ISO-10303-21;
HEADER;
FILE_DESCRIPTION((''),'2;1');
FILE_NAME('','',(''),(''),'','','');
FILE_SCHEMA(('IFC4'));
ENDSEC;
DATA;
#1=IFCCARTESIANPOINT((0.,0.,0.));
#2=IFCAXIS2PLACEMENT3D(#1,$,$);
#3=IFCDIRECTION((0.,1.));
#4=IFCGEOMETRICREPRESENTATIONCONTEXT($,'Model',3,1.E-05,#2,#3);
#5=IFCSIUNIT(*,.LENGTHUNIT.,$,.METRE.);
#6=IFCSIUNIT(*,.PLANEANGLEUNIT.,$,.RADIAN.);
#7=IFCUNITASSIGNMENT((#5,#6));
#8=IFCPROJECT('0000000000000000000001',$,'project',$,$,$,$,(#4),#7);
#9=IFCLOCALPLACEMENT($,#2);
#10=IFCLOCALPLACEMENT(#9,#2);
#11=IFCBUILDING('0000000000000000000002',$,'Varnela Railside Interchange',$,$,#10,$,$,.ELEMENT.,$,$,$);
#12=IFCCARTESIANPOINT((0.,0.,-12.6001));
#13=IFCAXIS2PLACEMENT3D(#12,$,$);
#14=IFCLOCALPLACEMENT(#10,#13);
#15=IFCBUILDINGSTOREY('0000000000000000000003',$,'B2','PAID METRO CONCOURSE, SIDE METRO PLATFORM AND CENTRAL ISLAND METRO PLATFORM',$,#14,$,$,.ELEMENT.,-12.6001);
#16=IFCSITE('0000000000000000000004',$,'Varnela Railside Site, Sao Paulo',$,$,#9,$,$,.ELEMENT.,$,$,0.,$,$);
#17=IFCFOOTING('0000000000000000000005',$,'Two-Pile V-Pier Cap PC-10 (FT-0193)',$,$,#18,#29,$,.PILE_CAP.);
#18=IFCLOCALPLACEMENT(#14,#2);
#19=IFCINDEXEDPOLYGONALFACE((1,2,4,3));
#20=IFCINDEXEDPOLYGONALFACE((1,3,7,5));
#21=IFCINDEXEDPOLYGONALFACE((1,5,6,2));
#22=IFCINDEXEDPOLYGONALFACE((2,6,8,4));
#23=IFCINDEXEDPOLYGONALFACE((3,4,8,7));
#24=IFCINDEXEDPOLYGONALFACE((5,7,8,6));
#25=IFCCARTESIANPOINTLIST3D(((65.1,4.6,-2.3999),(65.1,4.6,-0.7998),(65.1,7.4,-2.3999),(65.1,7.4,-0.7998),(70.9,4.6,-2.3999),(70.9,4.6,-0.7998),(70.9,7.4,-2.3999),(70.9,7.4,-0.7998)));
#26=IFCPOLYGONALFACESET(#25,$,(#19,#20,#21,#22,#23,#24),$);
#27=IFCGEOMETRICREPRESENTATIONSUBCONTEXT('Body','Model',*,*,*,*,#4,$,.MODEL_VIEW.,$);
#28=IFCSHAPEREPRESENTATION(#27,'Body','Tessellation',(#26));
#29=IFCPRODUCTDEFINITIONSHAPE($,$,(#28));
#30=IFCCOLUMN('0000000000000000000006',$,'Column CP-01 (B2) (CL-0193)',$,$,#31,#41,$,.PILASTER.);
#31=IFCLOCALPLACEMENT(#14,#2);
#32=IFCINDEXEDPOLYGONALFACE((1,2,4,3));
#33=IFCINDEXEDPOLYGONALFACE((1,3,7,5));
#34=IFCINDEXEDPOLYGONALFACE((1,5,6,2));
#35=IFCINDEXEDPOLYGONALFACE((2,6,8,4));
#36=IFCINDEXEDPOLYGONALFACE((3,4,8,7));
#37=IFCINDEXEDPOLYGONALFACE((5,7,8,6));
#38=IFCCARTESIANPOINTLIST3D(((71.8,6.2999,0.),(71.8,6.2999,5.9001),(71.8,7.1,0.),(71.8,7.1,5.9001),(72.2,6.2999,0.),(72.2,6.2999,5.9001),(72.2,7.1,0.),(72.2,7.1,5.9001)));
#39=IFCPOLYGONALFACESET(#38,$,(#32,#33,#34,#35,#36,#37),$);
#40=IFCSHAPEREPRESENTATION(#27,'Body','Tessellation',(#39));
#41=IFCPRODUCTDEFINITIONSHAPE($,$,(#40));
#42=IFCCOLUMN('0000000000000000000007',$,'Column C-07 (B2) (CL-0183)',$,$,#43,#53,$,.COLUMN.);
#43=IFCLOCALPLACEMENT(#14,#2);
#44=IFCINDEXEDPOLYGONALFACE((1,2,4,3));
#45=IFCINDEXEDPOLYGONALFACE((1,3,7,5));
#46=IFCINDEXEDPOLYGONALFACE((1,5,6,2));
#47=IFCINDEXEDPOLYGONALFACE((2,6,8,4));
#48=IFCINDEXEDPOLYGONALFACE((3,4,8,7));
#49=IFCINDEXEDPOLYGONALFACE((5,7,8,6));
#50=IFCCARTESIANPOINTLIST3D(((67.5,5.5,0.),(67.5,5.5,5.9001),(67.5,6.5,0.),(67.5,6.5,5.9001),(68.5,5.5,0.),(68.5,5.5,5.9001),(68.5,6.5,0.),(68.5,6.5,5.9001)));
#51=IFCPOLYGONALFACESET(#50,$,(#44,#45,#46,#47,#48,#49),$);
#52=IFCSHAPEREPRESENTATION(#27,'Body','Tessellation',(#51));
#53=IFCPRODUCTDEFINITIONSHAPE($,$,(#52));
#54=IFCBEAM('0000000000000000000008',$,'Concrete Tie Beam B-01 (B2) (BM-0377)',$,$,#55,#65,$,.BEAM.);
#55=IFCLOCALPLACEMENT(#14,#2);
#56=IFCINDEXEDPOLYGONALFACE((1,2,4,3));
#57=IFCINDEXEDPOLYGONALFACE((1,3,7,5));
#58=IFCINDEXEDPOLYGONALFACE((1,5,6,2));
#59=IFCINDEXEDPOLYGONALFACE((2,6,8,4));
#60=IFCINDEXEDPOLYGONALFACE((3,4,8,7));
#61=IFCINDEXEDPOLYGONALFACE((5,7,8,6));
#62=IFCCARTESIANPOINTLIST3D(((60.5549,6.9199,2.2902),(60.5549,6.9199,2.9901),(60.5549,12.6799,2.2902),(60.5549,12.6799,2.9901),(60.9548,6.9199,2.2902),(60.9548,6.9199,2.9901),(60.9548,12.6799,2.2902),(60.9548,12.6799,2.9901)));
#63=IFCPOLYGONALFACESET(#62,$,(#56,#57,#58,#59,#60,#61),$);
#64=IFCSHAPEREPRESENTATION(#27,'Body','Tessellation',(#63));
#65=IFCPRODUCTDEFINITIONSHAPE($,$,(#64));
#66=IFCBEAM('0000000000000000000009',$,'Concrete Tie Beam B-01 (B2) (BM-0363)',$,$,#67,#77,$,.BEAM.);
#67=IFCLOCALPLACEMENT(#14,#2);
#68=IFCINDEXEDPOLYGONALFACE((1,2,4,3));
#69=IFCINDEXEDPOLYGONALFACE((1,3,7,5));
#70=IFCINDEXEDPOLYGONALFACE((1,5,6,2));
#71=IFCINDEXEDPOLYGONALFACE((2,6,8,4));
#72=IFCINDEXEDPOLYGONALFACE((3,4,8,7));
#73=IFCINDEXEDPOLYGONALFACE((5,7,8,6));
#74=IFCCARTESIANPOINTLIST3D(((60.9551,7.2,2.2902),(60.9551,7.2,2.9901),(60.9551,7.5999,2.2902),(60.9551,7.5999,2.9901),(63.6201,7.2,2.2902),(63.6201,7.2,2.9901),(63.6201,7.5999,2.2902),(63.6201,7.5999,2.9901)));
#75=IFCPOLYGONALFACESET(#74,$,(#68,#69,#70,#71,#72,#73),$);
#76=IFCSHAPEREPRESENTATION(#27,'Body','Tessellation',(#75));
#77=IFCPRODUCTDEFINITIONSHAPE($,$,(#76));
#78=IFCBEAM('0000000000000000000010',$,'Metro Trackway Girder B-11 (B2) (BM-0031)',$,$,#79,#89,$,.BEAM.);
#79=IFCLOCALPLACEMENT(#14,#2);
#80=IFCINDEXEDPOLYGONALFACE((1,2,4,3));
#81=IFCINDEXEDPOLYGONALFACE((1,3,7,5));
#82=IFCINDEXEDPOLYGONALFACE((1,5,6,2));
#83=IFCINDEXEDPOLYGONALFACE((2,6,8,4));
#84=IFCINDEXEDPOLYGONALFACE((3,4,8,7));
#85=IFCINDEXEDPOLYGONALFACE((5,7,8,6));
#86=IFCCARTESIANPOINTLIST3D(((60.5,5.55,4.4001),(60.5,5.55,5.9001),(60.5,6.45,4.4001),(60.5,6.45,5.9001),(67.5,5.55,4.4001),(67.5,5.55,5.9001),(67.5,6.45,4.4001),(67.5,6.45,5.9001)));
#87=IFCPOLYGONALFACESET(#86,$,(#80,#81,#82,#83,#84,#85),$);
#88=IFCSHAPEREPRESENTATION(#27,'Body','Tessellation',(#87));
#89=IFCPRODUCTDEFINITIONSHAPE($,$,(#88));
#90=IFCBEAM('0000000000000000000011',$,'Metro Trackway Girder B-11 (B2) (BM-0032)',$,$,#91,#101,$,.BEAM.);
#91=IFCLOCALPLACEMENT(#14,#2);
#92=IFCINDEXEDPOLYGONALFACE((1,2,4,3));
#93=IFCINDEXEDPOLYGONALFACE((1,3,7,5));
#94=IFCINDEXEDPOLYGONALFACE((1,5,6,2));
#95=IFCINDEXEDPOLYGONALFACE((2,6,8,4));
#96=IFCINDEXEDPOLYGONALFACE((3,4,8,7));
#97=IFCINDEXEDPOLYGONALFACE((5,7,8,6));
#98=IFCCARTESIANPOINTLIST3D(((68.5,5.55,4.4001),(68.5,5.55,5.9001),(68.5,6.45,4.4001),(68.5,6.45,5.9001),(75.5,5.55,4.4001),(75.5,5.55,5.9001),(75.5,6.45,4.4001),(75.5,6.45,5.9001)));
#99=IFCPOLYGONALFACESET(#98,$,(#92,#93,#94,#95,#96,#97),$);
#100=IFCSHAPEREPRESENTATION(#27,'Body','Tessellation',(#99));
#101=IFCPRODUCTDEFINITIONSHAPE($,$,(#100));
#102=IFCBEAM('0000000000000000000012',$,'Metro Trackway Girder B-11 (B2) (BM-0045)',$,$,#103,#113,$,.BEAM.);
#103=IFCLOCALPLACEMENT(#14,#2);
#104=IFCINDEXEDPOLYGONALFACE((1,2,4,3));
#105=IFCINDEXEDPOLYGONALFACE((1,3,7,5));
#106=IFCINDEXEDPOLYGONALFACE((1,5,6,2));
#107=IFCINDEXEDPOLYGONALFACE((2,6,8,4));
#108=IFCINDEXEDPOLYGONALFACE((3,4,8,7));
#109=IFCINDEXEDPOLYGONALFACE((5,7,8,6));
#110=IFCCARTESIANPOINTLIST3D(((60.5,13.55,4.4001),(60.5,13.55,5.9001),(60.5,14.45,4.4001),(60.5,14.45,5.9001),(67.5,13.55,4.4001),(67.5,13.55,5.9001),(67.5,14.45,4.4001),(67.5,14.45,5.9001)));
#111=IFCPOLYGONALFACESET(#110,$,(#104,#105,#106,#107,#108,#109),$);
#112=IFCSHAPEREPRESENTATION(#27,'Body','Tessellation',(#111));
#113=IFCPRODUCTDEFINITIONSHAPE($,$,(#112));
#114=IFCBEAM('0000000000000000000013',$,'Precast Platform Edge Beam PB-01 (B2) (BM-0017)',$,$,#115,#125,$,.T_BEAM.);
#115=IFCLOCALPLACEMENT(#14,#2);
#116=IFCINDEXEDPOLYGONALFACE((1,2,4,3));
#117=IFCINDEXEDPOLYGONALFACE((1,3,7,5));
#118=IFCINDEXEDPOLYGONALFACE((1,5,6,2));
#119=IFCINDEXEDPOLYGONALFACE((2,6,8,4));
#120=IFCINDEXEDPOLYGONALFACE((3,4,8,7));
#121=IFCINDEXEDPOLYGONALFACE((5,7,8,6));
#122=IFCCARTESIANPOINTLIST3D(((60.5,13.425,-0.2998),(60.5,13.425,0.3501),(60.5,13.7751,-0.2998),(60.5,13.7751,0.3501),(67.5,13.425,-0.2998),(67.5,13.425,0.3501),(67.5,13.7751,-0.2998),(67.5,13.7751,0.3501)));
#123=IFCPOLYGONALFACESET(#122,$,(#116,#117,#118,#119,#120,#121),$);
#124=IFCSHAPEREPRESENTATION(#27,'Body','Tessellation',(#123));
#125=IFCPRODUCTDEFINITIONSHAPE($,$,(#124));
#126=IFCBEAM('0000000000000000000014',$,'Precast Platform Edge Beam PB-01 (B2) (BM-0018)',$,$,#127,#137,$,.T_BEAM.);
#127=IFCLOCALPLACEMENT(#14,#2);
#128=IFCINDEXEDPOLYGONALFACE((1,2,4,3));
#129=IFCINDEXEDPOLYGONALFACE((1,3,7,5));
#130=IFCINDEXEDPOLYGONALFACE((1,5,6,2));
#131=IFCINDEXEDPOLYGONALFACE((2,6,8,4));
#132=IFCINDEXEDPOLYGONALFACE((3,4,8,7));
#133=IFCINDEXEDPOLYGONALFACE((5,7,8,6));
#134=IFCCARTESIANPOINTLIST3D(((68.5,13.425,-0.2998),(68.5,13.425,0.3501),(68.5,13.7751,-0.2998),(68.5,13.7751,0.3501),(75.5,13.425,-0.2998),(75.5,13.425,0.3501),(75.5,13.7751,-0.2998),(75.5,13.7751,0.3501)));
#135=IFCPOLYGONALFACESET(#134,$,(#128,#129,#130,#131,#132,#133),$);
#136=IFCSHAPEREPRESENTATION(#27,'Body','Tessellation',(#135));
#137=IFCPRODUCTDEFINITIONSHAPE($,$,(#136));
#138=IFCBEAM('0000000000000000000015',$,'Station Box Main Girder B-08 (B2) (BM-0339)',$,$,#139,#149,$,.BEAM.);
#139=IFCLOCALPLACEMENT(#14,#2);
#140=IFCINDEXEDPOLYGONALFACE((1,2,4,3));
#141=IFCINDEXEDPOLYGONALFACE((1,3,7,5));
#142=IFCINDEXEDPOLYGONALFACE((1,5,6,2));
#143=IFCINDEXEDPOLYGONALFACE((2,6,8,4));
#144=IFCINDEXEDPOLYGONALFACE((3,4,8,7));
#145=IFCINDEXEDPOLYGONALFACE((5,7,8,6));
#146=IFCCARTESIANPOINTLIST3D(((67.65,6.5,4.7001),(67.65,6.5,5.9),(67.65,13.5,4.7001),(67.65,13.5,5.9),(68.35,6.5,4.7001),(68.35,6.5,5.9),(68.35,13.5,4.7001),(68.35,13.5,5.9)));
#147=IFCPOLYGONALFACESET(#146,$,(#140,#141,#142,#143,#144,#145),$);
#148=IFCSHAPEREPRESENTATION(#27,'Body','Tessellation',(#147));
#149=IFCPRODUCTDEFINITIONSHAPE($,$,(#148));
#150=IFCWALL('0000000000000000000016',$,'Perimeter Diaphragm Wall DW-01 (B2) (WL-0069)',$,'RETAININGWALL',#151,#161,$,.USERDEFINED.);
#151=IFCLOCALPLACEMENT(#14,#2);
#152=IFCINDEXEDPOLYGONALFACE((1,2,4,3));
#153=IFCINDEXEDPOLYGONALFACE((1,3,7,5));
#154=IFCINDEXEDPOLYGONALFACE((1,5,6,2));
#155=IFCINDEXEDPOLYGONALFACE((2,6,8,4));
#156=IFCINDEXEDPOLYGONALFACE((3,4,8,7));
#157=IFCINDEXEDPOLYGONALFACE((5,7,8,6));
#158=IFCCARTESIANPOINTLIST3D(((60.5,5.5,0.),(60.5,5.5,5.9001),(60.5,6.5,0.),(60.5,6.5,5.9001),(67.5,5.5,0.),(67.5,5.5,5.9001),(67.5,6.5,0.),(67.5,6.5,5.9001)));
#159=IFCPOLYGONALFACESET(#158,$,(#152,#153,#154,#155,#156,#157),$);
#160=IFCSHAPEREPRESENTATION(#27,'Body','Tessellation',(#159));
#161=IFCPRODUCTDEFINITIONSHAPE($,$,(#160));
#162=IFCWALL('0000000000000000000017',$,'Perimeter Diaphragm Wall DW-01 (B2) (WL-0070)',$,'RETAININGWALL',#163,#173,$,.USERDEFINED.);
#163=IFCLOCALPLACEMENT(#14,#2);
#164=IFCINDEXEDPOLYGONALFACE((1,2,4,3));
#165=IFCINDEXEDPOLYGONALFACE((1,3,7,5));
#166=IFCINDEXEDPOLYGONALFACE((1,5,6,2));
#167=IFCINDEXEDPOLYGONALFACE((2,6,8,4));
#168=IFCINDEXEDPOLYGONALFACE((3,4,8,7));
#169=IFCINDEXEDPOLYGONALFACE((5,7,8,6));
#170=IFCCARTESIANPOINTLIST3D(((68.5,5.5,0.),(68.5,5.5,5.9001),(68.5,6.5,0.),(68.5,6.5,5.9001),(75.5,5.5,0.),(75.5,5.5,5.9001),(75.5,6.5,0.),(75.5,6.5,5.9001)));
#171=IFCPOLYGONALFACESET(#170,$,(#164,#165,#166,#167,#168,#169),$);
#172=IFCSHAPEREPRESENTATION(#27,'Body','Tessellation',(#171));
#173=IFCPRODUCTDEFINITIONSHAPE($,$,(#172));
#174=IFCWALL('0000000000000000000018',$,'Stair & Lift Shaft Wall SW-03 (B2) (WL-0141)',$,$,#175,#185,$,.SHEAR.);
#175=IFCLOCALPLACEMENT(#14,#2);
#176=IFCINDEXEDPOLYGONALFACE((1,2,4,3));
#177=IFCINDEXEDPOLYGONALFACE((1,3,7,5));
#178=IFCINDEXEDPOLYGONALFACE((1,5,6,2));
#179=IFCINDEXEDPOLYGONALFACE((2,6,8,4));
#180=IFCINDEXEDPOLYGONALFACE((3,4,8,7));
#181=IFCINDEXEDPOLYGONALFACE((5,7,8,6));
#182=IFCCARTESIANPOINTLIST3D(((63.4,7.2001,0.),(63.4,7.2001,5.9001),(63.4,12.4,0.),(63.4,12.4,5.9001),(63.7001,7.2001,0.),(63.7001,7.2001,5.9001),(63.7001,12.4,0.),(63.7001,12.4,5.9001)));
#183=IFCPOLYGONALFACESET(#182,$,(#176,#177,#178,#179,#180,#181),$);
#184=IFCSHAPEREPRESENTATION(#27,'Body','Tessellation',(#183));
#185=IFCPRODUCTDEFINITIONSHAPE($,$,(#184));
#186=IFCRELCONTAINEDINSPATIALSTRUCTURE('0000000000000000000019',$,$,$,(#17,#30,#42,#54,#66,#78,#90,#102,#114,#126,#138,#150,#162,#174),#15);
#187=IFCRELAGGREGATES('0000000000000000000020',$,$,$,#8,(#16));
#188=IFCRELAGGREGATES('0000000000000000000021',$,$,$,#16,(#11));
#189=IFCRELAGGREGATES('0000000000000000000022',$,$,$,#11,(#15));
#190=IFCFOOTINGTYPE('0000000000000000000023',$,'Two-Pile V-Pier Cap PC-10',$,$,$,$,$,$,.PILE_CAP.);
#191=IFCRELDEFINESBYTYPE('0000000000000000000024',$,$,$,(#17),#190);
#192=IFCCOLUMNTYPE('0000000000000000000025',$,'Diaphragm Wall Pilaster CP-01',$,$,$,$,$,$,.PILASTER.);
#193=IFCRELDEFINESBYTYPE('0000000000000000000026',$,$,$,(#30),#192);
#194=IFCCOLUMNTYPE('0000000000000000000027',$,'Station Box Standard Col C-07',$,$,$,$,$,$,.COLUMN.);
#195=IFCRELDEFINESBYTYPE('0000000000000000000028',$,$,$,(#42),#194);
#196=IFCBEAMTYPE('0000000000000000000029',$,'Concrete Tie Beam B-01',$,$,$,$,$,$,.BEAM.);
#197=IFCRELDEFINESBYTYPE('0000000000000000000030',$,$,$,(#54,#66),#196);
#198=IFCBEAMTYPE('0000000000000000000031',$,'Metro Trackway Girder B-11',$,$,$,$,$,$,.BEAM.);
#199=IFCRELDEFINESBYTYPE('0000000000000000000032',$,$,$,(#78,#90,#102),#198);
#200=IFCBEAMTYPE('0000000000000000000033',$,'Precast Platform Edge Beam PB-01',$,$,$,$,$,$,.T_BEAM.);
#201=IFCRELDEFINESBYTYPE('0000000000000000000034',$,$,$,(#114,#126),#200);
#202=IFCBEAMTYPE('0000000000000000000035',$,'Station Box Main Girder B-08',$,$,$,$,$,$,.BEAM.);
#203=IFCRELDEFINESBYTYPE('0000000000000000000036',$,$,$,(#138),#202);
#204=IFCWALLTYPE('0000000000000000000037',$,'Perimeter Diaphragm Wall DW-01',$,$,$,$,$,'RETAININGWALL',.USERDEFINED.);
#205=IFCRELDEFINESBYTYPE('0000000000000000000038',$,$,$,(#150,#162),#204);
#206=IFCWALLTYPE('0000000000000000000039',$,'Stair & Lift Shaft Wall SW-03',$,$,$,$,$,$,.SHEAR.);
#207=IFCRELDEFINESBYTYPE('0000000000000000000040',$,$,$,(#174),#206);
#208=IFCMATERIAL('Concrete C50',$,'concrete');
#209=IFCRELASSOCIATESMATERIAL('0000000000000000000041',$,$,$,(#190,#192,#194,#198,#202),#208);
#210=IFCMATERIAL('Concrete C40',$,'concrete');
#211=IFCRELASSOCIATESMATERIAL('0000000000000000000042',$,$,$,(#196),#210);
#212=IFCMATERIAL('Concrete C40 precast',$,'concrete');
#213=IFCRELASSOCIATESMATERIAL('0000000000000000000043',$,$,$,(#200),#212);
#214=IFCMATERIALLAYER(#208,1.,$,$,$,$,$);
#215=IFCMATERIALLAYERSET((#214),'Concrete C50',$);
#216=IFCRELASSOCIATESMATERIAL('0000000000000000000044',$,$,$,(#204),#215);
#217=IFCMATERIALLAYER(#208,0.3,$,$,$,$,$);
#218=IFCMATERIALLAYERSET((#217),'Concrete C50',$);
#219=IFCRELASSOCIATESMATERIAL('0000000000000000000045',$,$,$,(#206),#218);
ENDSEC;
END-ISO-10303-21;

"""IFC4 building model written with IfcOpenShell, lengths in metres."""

from ifc_helpers import new_model, si_unit, direction, frame, frame_2d, origin, origin_2d, place, context, subcontext, project, spatial, rectangle, extrude, material, layer, layer_set, material_profile, profile_set, type_object, element, save


model = new_model("IFC4")

# Units and contexts
model_context = context("Model", 3, precision=1e-05, world=origin(), true_north=direction((0.0, 1.0)))
body_context = subcontext(model_context, "Body", "Model", "MODEL_VIEW")
ifc_project = project(units=[si_unit("LENGTHUNIT", "METRE"), si_unit("PLANEANGLEUNIT", "RADIAN")], contexts=[model_context])

# Site, building, storey
site_placement = place(None, origin())
site = spatial("IfcSite", under=ifc_project, at=site_placement, Name="Varnela Railside Site, Sao Paulo", CompositionType="ELEMENT", RefElevation=0.0)
building_placement = place(site_placement, origin())
building = spatial("IfcBuilding", under=site, at=building_placement, Name="Varnela Railside Interchange", CompositionType="ELEMENT")
storey_placement = place(building_placement, frame((0.0, 0.0, -12.6001)))
storey = spatial("IfcBuildingStorey", under=building, at=storey_placement, Name="B2", Description="PAID METRO CONCOURSE, SIDE METRO PLATFORM AND CENTRAL ISLAND METRO PLATFORM", CompositionType="ELEMENT", Elevation=-12.6001)

# Shared definitions
ifc_material_1 = material(Name="Concrete C40", Category="concrete")

# Footing
ifc_material_2 = material(Name="Concrete C50", Category="concrete")
footing_type_1 = type_object("IfcFootingType", Name="Two-Pile V-Pier Cap PC-10", PredefinedType="PILE_CAP", material=ifc_material_2)
footing_1_placement = place(storey_placement, frame((68.0, 6.0, -2.3999), z_axis=(0.0, 0.0, 1.0), x_axis=(1.0, 0.0, 0.0)))
element("IfcFooting", 1, at=footing_1_placement, inside=storey, type_object=footing_type_1, Name="Two-Pile V-Pier Cap PC-10 (FT-0193)", PredefinedType="PILE_CAP", context=body_context, shape_type="SweptSolid", body=[
    extrude(rectangle(XDim=5.8, YDim=2.8, at=origin_2d()), origin(), (0.0, 0.0, 1.0), 1.6001),
])

# Columns
ifc_material_profile_1 = material_profile(ifc_material_2, rectangle(XDim=0.3999, YDim=0.8, at=origin_2d()), Name="RC 400x800")
ifc_profile_set_1 = profile_set([ifc_material_profile_1], Name="Concrete C50")
column_type_1 = type_object("IfcColumnType", Name="Diaphragm Wall Pilaster CP-01", PredefinedType="PILASTER", material=ifc_profile_set_1)
column_1_placement = place(storey_placement, frame((72.0, 6.7, 0.0), z_axis=(0.0, 0.0, 1.0), x_axis=(1.0, 0.0, 0.0)))
element("IfcColumn", 2, at=column_1_placement, inside=storey, type_object=column_type_1, Name="Column CP-01 (B2) (CL-0193)", PredefinedType="PILASTER", context=body_context, shape_type="SweptSolid", body=[
    extrude(rectangle(XDim=0.3999, YDim=0.8, at=origin_2d()), origin(), (0.0, 0.0, 1.0), 5.9001),
])
ifc_material_profile_2 = material_profile(ifc_material_2, rectangle(XDim=1.0, YDim=1.0, at=origin_2d()), Name="RC 1000x1000")
ifc_profile_set_2 = profile_set([ifc_material_profile_2], Name="Concrete C50")
column_type_2 = type_object("IfcColumnType", Name="Station Box Standard Col C-07", PredefinedType="COLUMN", material=ifc_profile_set_2)
column_2_placement = place(storey_placement, frame((68.0, 6.0, 0.0), z_axis=(0.0, 0.0, 1.0), x_axis=(1.0, 0.0, 0.0)))
element("IfcColumn", 3, at=column_2_placement, inside=storey, type_object=column_type_2, Name="Column C-07 (B2) (CL-0183)", PredefinedType="COLUMN", context=body_context, shape_type="SweptSolid", body=[
    extrude(rectangle(XDim=1.0, YDim=1.0, at=origin_2d()), origin(), (0.0, 0.0, 1.0), 5.9001),
])

# Beams
ifc_material_profile_3 = material_profile(ifc_material_1, rectangle(XDim=0.3999, YDim=0.7, at=origin_2d()), Name="RC 400x700")
ifc_profile_set_3 = profile_set([ifc_material_profile_3], Name="Concrete C40")
beam_type_1 = type_object("IfcBeamType", Name="Concrete Tie Beam B-01", PredefinedType="BEAM", material=ifc_profile_set_3)
beam_1_placement = place(storey_placement, frame((60.7549, 6.9199, 2.6401), z_axis=(0.0, 1.0, 0.0), x_axis=(-1.0, 0.0, 0.0)))
element("IfcBeam", 4, at=beam_1_placement, inside=storey, type_object=beam_type_1, Name="Concrete Tie Beam B-01 (B2) (BM-0377)", PredefinedType="BEAM", context=body_context, shape_type="SweptSolid", body=[
    extrude(rectangle(XDim=0.3999, YDim=0.7, at=origin_2d()), origin(), (0.0, 0.0, 1.0), 5.76),
])
beam_2_placement = place(storey_placement, frame((60.9551, 7.3999, 2.6401), z_axis=(1.0, 0.0, 0.0), x_axis=(0.0, 1.0, 0.0)))
element("IfcBeam", 5, at=beam_2_placement, inside=storey, type_object=beam_type_1, Name="Concrete Tie Beam B-01 (B2) (BM-0363)", PredefinedType="BEAM", context=body_context, shape_type="SweptSolid", body=[
    extrude(rectangle(XDim=0.3999, YDim=0.7, at=origin_2d()), origin(), (0.0, 0.0, 1.0), 2.665),
])
ifc_material_profile_4 = material_profile(ifc_material_2, rectangle(XDim=0.8999, YDim=1.5, at=origin_2d()), Name="RC 900x1500")
ifc_profile_set_4 = profile_set([ifc_material_profile_4], Name="Concrete C50")
beam_type_2 = type_object("IfcBeamType", Name="Metro Trackway Girder B-11", PredefinedType="BEAM", material=ifc_profile_set_4)
for number, where, z_axis, x_axis, name in (
    (6, (60.5, 6.0, 5.1501), (1.0, 0.0, 0.0), (0.0, 1.0, 0.0), "Metro Trackway Girder B-11 (B2) (BM-0031)"),
    (7, (68.5, 6.0, 5.1501), (1.0, 0.0, 0.0), (0.0, 1.0, 0.0), "Metro Trackway Girder B-11 (B2) (BM-0032)"),
    (8, (60.5, 14.0, 5.1501), (1.0, 0.0, 0.0), (0.0, 1.0, 0.0), "Metro Trackway Girder B-11 (B2) (BM-0045)"),
):
    element("IfcBeam", number, at=place(storey_placement, frame(where, z_axis=z_axis, x_axis=x_axis)), inside=storey, type_object=beam_type_2, Name=name, PredefinedType="BEAM", context=body_context, shape_type="SweptSolid", body=[
        extrude(rectangle(XDim=0.8999, YDim=1.5, at=origin_2d()), origin(), (0.0, 0.0, 1.0), 7.0),
    ])
ifc_material_3 = material(Name="Concrete C40 precast", Category="concrete")
ifc_material_profile_5 = material_profile(ifc_material_3, rectangle(XDim=0.3501, YDim=0.6499, at=origin_2d()), Name="PC 350x650")
ifc_profile_set_5 = profile_set([ifc_material_profile_5], Name="Concrete C40 precast")
beam_type_3 = type_object("IfcBeamType", Name="Precast Platform Edge Beam PB-01", PredefinedType="T_BEAM", material=ifc_profile_set_5)
for number, where, z_axis, x_axis, name in (
    (9, (60.5, 13.6001, 0.0251), (1.0, 0.0, 0.0), (0.0, 1.0, 0.0), "Precast Platform Edge Beam PB-01 (B2) (BM-0017)"),
    (10, (68.5, 13.6001, 0.0251), (1.0, 0.0, 0.0), (0.0, 1.0, 0.0), "Precast Platform Edge Beam PB-01 (B2) (BM-0018)"),
):
    element("IfcBeam", number, at=place(storey_placement, frame(where, z_axis=z_axis, x_axis=x_axis)), inside=storey, type_object=beam_type_3, Name=name, PredefinedType="T_BEAM", context=body_context, shape_type="SweptSolid", body=[
        extrude(rectangle(XDim=0.3501, YDim=0.6499, at=origin_2d()), origin(), (0.0, 0.0, 1.0), 7.0),
    ])
ifc_material_profile_6 = material_profile(ifc_material_2, rectangle(XDim=0.7, YDim=1.2, at=origin_2d()), Name="RC 700x1200")
ifc_profile_set_6 = profile_set([ifc_material_profile_6], Name="Concrete C50")
beam_type_4 = type_object("IfcBeamType", Name="Station Box Main Girder B-08", PredefinedType="BEAM", material=ifc_profile_set_6)
beam_3_placement = place(storey_placement, frame((68.0, 6.5, 5.3), z_axis=(0.0, 1.0, 0.0), x_axis=(-1.0, 0.0, 0.0)))
element("IfcBeam", 11, at=beam_3_placement, inside=storey, type_object=beam_type_4, Name="Station Box Main Girder B-08 (B2) (BM-0339)", PredefinedType="BEAM", context=body_context, shape_type="SweptSolid", body=[
    extrude(rectangle(XDim=0.7, YDim=1.2, at=origin_2d()), origin(), (0.0, 0.0, 1.0), 7.0),
])

# Walls
ifc_layer_1 = layer(ifc_material_2, 1.0)
ifc_layer_set_1 = layer_set([ifc_layer_1], Name="Concrete C50")
wall_type_1 = type_object("IfcWallType", Name="Perimeter Diaphragm Wall DW-01", ElementType="RETAININGWALL", PredefinedType="USERDEFINED", material=ifc_layer_set_1)
for number, where, z_axis, x_axis, name in (
    (12, (60.5, 6.0, 0.0), (0.0, 0.0, 1.0), (1.0, 0.0, 0.0), "Perimeter Diaphragm Wall DW-01 (B2) (WL-0069)"),
    (13, (68.5, 6.0, 0.0), (0.0, 0.0, 1.0), (1.0, 0.0, 0.0), "Perimeter Diaphragm Wall DW-01 (B2) (WL-0070)"),
):
    element("IfcWall", number, at=place(storey_placement, frame(where, z_axis=z_axis, x_axis=x_axis)), inside=storey, type_object=wall_type_1, Name=name, ObjectType="RETAININGWALL", PredefinedType="USERDEFINED", context=body_context, shape_type="SweptSolid", body=[
        extrude(rectangle(XDim=7.0, YDim=1.0, at=frame_2d((3.5, 0.0))), origin(), (0.0, 0.0, 1.0), 5.9001),
    ])
ifc_layer_2 = layer(ifc_material_2, 0.3)
ifc_layer_set_2 = layer_set([ifc_layer_2], Name="Concrete C50")
wall_type_2 = type_object("IfcWallType", Name="Stair & Lift Shaft Wall SW-03", PredefinedType="SHEAR", material=ifc_layer_set_2)
wall_placement = place(storey_placement, frame((63.55, 7.2, 0.0), z_axis=(0.0, 0.0, 1.0), x_axis=(0.0, 1.0, 0.0)))
element("IfcWall", 14, at=wall_placement, inside=storey, type_object=wall_type_2, Name="Stair & Lift Shaft Wall SW-03 (B2) (WL-0141)", PredefinedType="SHEAR", context=body_context, shape_type="SweptSolid", body=[
    extrude(rectangle(XDim=5.2, YDim=0.3, at=frame_2d((2.6001, 0.0))), origin(), (0.0, 0.0, 1.0), 5.9001),
])

save(model, "model.ifc")
